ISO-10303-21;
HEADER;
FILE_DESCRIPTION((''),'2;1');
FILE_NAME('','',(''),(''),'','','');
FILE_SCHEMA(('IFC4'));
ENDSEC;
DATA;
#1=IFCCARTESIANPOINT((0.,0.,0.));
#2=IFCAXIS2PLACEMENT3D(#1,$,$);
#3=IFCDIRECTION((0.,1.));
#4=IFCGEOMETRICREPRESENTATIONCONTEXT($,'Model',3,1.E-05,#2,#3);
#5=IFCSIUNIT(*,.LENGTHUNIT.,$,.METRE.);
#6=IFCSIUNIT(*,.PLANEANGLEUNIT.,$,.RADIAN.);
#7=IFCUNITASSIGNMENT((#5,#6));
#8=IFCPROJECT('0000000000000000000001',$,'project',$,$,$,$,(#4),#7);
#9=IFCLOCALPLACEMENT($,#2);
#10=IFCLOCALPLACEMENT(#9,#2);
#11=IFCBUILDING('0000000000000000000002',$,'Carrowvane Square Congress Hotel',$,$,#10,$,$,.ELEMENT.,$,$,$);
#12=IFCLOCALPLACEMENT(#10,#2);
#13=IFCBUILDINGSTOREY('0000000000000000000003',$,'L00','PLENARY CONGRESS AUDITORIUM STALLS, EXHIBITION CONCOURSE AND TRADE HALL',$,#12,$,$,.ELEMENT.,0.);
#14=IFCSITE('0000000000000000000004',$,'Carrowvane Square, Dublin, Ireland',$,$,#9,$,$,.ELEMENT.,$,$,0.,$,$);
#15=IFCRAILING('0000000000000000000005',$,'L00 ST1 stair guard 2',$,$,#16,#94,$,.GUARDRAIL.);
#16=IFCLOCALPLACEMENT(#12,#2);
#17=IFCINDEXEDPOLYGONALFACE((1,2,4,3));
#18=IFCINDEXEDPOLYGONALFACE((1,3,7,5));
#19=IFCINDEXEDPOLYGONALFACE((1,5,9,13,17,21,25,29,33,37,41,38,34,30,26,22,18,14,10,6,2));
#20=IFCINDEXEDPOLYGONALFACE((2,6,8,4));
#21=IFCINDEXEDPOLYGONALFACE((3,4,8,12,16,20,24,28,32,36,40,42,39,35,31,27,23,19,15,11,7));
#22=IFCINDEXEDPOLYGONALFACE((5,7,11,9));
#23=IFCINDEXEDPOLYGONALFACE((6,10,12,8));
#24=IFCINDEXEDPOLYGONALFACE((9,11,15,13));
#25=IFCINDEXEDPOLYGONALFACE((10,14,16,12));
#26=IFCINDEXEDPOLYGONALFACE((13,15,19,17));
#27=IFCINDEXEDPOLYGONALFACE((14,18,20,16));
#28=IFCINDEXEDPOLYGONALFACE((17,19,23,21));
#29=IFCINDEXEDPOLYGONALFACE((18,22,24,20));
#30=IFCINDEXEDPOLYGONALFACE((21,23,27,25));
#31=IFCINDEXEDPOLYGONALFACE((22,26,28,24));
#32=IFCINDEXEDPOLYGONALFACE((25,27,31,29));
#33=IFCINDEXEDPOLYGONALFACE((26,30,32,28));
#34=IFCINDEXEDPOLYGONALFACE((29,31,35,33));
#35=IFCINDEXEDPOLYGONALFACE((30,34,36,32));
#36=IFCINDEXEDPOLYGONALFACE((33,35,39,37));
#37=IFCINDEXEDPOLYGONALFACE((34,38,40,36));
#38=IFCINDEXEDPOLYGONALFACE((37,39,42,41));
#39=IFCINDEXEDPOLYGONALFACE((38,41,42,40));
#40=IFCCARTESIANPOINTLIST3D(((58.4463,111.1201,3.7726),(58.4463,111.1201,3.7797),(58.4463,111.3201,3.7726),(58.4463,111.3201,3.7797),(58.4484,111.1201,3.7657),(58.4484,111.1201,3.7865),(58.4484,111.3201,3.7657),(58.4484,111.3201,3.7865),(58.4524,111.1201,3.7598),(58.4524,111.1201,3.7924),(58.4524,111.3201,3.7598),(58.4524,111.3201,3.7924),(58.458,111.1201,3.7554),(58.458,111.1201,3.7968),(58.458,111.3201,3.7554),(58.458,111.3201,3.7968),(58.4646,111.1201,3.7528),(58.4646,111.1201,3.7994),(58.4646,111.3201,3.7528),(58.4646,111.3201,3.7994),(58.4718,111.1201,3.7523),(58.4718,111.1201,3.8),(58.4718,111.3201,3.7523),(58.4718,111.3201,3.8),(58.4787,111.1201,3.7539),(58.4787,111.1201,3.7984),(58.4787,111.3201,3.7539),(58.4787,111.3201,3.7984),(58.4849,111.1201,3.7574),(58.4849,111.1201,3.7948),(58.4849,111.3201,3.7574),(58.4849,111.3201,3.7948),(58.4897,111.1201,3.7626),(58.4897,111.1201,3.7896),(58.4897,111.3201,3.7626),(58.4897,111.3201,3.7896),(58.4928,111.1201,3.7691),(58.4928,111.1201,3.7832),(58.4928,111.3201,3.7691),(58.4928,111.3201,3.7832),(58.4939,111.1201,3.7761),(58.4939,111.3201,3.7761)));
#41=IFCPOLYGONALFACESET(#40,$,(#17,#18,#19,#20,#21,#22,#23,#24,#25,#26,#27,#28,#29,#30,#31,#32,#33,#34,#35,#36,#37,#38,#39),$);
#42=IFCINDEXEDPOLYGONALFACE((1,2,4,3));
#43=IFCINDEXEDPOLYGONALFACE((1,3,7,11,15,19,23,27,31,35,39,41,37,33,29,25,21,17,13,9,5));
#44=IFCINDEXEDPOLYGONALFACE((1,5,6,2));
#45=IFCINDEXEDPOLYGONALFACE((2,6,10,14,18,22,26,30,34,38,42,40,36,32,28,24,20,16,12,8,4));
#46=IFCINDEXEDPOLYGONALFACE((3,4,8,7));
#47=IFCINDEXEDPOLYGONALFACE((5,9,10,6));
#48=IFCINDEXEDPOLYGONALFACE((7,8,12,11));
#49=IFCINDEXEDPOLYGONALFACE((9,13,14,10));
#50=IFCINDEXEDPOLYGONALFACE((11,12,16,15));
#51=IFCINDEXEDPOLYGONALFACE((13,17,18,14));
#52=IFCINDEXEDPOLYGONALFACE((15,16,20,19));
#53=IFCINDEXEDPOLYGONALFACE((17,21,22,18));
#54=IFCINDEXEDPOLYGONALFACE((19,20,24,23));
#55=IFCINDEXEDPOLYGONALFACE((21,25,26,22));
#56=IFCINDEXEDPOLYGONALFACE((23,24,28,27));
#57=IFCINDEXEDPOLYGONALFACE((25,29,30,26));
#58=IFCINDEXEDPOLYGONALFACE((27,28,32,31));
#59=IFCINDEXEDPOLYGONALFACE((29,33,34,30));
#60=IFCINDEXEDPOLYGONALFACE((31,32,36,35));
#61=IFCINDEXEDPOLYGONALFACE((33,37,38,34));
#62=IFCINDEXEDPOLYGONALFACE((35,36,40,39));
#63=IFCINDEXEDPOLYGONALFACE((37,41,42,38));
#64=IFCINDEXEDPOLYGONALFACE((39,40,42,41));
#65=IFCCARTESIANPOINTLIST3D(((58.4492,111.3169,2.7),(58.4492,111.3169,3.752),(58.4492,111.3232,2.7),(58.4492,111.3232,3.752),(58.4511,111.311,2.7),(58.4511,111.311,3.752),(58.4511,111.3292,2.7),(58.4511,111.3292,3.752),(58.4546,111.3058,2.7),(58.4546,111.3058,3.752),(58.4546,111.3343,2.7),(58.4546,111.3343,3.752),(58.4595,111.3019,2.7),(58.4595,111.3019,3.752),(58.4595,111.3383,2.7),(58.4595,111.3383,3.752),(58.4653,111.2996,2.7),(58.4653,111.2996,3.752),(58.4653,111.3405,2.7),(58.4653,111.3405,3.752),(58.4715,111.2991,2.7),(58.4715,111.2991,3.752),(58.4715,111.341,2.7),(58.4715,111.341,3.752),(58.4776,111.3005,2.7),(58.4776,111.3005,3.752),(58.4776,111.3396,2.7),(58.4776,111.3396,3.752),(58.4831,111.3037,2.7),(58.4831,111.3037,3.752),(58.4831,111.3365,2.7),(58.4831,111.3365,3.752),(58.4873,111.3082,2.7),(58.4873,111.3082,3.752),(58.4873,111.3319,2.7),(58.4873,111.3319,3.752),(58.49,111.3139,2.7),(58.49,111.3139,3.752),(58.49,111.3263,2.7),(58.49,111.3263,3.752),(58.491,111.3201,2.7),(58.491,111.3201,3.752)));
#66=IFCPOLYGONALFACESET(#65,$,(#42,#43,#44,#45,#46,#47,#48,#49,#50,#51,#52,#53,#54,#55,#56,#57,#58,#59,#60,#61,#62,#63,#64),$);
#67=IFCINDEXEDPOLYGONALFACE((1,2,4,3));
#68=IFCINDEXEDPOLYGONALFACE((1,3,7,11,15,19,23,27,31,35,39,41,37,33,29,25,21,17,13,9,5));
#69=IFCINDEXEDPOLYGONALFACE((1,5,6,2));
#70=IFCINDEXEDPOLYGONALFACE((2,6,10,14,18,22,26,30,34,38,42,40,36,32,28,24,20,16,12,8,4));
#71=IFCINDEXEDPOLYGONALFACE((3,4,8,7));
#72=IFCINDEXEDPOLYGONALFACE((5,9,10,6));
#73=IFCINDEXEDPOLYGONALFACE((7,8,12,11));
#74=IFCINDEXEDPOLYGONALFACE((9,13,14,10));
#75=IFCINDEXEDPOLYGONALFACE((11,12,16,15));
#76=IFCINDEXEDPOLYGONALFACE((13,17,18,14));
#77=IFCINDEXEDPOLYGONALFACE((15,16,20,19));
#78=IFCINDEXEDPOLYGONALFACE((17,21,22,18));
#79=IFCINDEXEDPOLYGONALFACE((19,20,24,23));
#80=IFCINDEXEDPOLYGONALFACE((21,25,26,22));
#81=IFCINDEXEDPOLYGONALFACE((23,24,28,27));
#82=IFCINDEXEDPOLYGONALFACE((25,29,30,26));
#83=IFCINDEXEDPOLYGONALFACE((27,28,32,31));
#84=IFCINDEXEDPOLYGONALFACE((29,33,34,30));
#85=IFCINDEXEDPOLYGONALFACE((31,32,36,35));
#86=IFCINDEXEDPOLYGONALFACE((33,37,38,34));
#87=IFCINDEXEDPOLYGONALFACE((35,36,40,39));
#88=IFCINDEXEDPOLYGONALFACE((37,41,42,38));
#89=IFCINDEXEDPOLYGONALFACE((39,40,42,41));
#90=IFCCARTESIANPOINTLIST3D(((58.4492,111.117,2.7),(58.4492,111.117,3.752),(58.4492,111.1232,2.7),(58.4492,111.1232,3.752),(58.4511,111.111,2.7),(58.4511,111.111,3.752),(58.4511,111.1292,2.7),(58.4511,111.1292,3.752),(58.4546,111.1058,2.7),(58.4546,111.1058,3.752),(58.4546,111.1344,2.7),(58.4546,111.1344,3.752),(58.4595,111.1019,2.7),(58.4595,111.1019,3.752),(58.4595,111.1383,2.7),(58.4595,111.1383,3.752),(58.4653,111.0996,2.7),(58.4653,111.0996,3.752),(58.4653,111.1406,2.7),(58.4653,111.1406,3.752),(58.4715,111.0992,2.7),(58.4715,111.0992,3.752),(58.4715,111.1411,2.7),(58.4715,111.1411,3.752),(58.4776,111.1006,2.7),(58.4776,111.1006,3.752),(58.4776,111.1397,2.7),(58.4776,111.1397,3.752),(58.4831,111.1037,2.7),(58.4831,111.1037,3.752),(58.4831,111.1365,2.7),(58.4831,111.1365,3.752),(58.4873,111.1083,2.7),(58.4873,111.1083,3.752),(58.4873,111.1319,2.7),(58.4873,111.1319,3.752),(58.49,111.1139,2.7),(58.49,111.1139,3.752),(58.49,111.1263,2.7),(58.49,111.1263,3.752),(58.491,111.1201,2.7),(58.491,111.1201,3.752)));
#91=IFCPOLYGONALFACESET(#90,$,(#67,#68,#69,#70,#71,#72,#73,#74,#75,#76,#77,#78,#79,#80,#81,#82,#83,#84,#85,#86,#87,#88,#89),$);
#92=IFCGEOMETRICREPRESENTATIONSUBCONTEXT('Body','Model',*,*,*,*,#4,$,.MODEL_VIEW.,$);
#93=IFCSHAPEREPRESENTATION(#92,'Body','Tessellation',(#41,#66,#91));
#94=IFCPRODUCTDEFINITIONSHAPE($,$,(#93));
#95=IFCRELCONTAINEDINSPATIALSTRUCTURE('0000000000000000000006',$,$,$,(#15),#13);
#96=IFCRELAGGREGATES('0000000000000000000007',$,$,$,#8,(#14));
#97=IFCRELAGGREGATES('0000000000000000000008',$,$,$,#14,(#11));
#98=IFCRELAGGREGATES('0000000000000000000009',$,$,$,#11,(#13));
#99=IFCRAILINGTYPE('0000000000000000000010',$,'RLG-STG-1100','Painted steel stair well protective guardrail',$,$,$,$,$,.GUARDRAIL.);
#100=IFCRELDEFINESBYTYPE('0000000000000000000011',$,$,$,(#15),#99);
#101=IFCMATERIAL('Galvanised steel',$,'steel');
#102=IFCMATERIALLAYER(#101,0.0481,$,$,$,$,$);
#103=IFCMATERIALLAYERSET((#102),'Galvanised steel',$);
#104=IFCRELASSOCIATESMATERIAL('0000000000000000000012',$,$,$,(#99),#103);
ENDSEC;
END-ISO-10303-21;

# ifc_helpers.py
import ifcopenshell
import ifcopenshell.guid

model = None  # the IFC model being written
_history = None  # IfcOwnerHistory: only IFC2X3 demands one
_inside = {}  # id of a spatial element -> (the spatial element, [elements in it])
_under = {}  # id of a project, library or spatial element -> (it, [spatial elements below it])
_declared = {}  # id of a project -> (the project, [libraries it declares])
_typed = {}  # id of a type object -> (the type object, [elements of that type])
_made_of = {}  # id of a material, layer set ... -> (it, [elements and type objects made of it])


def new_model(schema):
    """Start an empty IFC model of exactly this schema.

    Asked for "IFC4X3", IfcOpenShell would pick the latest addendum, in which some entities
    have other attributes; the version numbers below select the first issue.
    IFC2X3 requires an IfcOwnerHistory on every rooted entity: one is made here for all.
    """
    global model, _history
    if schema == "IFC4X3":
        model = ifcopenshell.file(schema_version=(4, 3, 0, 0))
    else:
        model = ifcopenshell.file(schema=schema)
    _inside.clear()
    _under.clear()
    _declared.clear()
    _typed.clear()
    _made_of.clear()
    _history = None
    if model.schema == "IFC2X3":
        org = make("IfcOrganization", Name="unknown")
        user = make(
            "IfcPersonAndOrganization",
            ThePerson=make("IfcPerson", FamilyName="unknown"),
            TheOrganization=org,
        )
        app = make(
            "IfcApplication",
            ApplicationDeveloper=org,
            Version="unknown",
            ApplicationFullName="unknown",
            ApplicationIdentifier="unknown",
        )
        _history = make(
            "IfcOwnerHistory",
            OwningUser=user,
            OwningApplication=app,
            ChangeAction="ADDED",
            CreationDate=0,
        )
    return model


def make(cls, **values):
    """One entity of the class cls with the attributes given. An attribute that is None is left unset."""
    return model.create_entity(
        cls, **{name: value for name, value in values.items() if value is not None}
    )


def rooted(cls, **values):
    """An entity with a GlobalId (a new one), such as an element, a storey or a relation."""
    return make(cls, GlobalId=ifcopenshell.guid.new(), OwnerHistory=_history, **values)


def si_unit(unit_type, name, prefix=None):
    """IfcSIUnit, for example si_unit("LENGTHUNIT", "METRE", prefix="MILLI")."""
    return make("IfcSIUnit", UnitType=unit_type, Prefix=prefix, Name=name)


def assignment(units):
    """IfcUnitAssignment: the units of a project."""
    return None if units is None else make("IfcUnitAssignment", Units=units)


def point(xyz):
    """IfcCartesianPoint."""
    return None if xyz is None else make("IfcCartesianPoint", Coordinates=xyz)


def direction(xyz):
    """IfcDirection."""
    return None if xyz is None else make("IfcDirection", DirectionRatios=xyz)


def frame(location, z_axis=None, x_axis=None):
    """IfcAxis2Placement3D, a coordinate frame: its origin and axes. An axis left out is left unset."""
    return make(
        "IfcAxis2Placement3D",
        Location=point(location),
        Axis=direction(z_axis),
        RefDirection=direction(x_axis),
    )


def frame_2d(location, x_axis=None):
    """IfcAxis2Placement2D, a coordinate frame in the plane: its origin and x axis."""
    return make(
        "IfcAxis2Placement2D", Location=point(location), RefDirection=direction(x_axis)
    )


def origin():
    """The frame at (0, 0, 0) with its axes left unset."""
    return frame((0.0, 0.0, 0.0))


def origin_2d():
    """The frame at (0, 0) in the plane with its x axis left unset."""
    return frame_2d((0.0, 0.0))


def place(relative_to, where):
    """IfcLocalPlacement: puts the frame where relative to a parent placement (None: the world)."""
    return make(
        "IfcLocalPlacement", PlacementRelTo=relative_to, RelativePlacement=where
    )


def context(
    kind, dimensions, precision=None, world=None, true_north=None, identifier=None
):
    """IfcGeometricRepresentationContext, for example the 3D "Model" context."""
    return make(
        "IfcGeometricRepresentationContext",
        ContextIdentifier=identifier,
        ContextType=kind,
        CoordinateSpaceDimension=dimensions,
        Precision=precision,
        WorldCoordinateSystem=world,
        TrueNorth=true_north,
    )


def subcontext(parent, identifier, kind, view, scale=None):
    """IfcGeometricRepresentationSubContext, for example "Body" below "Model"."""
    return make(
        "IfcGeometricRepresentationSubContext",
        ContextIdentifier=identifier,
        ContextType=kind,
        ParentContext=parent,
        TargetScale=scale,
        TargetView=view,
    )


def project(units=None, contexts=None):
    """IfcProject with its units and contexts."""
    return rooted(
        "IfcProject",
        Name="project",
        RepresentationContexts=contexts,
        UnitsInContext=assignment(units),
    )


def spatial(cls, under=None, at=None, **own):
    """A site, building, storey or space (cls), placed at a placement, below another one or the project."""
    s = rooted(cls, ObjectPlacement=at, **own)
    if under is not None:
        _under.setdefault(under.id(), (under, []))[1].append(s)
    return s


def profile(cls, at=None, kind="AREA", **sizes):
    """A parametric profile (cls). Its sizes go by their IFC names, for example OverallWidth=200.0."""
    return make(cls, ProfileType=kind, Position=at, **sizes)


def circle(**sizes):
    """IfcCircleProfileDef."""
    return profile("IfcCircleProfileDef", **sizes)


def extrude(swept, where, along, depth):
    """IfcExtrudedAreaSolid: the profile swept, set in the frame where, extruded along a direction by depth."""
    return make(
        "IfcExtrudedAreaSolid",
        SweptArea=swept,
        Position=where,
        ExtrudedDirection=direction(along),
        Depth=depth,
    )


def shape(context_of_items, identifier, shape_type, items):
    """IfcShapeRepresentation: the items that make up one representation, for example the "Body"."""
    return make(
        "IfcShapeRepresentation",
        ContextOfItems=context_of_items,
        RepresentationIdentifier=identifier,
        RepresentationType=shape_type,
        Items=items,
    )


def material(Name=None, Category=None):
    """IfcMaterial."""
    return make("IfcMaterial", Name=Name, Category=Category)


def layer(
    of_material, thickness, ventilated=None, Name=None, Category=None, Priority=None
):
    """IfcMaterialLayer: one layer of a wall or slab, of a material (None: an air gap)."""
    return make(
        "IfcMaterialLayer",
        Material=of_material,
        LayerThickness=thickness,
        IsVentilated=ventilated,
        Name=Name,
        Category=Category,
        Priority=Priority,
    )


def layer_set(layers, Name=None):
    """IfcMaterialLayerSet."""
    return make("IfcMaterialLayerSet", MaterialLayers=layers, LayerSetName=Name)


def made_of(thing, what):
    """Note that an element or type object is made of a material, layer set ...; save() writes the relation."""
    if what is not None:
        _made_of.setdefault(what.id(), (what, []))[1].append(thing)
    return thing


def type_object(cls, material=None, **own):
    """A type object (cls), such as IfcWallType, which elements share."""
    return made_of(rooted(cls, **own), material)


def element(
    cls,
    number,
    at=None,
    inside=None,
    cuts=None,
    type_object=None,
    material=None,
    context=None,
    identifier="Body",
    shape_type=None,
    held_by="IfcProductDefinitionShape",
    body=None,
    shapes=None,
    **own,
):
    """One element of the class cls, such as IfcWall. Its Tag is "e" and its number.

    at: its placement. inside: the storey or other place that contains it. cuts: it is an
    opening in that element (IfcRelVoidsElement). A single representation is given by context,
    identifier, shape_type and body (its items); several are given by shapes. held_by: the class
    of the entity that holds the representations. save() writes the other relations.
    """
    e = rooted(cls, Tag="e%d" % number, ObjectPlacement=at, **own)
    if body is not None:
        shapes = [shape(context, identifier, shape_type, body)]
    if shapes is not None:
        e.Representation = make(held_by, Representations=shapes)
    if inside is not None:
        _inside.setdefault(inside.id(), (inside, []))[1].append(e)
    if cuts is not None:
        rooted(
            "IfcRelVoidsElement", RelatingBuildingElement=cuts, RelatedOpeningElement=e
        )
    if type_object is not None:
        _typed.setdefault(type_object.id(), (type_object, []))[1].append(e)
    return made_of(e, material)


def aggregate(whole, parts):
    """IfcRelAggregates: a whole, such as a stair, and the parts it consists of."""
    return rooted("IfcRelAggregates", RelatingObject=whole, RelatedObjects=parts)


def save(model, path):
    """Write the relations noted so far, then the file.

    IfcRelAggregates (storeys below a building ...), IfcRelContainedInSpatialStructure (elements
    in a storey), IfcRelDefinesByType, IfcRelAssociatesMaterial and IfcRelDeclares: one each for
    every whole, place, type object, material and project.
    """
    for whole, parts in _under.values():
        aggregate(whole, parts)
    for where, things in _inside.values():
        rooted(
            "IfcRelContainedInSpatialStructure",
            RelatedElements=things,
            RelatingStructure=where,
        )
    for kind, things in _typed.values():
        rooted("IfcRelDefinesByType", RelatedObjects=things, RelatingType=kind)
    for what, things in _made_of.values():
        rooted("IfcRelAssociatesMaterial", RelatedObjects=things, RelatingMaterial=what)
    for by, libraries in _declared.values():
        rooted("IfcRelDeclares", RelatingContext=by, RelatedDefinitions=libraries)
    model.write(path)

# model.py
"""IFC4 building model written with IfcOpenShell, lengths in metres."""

from ifc_helpers import new_model, si_unit, direction, frame, origin, origin_2d, place, context, subcontext, project, spatial, circle, extrude, material, layer, layer_set, type_object, element, save


model = new_model("IFC4")

# Units and contexts
model_context = context("Model", 3, precision=1e-05, world=origin(), true_north=direction((0.0, 1.0)))
body_context = subcontext(model_context, "Body", "Model", "MODEL_VIEW")
ifc_project = project(units=[si_unit("LENGTHUNIT", "METRE"), si_unit("PLANEANGLEUNIT", "RADIAN")], contexts=[model_context])

# Site, building, storey
site_placement = place(None, origin())
site = spatial("IfcSite", under=ifc_project, at=site_placement, Name="Carrowvane Square, Dublin, Ireland", CompositionType="ELEMENT", RefElevation=0.0)
building_placement = place(site_placement, origin())
building = spatial("IfcBuilding", under=site, at=building_placement, Name="Carrowvane Square Congress Hotel", CompositionType="ELEMENT")
storey_placement = place(building_placement, origin())
storey = spatial("IfcBuildingStorey", under=building, at=storey_placement, Name="L00", Description="PLENARY CONGRESS AUDITORIUM STALLS, EXHIBITION CONCOURSE AND TRADE HALL", CompositionType="ELEMENT", Elevation=0.0)

# Railing
ifc_material_1 = material(Name="Galvanised steel", Category="steel")
ifc_layer_1 = layer(ifc_material_1, 0.0481)
ifc_layer_set_1 = layer_set([ifc_layer_1], Name="Galvanised steel")
railing_type = type_object("IfcRailingType", Name="RLG-STG-1100", Description="Painted steel stair well protective guardrail", PredefinedType="GUARDRAIL", material=ifc_layer_set_1)
railing_1_placement = place(storey_placement, frame((58.47, 111.3201, 2.7)))
element("IfcRailing", 1, at=railing_1_placement, inside=storey, type_object=railing_type, Name="L00 ST1 stair guard 2", PredefinedType="GUARDRAIL", context=body_context, shape_type="SweptSolid", body=[
    extrude(circle(Radius=0.0239, at=origin_2d()), frame((0.0, 0.0, 1.0762), z_axis=(0.0, -1.0, 0.0), x_axis=(1.0, 0.0, 0.0)), (0.0, 0.0, 1.0), 0.2),
    extrude(circle(Radius=0.021, at=origin_2d()), origin(), (0.0, 0.0, 1.0), 1.052),
    extrude(circle(Radius=0.021, at=origin_2d()), frame((0.0, -0.2, 0.0)), (0.0, 0.0, 1.0), 1.052),
])

save(model, "model.ifc")
